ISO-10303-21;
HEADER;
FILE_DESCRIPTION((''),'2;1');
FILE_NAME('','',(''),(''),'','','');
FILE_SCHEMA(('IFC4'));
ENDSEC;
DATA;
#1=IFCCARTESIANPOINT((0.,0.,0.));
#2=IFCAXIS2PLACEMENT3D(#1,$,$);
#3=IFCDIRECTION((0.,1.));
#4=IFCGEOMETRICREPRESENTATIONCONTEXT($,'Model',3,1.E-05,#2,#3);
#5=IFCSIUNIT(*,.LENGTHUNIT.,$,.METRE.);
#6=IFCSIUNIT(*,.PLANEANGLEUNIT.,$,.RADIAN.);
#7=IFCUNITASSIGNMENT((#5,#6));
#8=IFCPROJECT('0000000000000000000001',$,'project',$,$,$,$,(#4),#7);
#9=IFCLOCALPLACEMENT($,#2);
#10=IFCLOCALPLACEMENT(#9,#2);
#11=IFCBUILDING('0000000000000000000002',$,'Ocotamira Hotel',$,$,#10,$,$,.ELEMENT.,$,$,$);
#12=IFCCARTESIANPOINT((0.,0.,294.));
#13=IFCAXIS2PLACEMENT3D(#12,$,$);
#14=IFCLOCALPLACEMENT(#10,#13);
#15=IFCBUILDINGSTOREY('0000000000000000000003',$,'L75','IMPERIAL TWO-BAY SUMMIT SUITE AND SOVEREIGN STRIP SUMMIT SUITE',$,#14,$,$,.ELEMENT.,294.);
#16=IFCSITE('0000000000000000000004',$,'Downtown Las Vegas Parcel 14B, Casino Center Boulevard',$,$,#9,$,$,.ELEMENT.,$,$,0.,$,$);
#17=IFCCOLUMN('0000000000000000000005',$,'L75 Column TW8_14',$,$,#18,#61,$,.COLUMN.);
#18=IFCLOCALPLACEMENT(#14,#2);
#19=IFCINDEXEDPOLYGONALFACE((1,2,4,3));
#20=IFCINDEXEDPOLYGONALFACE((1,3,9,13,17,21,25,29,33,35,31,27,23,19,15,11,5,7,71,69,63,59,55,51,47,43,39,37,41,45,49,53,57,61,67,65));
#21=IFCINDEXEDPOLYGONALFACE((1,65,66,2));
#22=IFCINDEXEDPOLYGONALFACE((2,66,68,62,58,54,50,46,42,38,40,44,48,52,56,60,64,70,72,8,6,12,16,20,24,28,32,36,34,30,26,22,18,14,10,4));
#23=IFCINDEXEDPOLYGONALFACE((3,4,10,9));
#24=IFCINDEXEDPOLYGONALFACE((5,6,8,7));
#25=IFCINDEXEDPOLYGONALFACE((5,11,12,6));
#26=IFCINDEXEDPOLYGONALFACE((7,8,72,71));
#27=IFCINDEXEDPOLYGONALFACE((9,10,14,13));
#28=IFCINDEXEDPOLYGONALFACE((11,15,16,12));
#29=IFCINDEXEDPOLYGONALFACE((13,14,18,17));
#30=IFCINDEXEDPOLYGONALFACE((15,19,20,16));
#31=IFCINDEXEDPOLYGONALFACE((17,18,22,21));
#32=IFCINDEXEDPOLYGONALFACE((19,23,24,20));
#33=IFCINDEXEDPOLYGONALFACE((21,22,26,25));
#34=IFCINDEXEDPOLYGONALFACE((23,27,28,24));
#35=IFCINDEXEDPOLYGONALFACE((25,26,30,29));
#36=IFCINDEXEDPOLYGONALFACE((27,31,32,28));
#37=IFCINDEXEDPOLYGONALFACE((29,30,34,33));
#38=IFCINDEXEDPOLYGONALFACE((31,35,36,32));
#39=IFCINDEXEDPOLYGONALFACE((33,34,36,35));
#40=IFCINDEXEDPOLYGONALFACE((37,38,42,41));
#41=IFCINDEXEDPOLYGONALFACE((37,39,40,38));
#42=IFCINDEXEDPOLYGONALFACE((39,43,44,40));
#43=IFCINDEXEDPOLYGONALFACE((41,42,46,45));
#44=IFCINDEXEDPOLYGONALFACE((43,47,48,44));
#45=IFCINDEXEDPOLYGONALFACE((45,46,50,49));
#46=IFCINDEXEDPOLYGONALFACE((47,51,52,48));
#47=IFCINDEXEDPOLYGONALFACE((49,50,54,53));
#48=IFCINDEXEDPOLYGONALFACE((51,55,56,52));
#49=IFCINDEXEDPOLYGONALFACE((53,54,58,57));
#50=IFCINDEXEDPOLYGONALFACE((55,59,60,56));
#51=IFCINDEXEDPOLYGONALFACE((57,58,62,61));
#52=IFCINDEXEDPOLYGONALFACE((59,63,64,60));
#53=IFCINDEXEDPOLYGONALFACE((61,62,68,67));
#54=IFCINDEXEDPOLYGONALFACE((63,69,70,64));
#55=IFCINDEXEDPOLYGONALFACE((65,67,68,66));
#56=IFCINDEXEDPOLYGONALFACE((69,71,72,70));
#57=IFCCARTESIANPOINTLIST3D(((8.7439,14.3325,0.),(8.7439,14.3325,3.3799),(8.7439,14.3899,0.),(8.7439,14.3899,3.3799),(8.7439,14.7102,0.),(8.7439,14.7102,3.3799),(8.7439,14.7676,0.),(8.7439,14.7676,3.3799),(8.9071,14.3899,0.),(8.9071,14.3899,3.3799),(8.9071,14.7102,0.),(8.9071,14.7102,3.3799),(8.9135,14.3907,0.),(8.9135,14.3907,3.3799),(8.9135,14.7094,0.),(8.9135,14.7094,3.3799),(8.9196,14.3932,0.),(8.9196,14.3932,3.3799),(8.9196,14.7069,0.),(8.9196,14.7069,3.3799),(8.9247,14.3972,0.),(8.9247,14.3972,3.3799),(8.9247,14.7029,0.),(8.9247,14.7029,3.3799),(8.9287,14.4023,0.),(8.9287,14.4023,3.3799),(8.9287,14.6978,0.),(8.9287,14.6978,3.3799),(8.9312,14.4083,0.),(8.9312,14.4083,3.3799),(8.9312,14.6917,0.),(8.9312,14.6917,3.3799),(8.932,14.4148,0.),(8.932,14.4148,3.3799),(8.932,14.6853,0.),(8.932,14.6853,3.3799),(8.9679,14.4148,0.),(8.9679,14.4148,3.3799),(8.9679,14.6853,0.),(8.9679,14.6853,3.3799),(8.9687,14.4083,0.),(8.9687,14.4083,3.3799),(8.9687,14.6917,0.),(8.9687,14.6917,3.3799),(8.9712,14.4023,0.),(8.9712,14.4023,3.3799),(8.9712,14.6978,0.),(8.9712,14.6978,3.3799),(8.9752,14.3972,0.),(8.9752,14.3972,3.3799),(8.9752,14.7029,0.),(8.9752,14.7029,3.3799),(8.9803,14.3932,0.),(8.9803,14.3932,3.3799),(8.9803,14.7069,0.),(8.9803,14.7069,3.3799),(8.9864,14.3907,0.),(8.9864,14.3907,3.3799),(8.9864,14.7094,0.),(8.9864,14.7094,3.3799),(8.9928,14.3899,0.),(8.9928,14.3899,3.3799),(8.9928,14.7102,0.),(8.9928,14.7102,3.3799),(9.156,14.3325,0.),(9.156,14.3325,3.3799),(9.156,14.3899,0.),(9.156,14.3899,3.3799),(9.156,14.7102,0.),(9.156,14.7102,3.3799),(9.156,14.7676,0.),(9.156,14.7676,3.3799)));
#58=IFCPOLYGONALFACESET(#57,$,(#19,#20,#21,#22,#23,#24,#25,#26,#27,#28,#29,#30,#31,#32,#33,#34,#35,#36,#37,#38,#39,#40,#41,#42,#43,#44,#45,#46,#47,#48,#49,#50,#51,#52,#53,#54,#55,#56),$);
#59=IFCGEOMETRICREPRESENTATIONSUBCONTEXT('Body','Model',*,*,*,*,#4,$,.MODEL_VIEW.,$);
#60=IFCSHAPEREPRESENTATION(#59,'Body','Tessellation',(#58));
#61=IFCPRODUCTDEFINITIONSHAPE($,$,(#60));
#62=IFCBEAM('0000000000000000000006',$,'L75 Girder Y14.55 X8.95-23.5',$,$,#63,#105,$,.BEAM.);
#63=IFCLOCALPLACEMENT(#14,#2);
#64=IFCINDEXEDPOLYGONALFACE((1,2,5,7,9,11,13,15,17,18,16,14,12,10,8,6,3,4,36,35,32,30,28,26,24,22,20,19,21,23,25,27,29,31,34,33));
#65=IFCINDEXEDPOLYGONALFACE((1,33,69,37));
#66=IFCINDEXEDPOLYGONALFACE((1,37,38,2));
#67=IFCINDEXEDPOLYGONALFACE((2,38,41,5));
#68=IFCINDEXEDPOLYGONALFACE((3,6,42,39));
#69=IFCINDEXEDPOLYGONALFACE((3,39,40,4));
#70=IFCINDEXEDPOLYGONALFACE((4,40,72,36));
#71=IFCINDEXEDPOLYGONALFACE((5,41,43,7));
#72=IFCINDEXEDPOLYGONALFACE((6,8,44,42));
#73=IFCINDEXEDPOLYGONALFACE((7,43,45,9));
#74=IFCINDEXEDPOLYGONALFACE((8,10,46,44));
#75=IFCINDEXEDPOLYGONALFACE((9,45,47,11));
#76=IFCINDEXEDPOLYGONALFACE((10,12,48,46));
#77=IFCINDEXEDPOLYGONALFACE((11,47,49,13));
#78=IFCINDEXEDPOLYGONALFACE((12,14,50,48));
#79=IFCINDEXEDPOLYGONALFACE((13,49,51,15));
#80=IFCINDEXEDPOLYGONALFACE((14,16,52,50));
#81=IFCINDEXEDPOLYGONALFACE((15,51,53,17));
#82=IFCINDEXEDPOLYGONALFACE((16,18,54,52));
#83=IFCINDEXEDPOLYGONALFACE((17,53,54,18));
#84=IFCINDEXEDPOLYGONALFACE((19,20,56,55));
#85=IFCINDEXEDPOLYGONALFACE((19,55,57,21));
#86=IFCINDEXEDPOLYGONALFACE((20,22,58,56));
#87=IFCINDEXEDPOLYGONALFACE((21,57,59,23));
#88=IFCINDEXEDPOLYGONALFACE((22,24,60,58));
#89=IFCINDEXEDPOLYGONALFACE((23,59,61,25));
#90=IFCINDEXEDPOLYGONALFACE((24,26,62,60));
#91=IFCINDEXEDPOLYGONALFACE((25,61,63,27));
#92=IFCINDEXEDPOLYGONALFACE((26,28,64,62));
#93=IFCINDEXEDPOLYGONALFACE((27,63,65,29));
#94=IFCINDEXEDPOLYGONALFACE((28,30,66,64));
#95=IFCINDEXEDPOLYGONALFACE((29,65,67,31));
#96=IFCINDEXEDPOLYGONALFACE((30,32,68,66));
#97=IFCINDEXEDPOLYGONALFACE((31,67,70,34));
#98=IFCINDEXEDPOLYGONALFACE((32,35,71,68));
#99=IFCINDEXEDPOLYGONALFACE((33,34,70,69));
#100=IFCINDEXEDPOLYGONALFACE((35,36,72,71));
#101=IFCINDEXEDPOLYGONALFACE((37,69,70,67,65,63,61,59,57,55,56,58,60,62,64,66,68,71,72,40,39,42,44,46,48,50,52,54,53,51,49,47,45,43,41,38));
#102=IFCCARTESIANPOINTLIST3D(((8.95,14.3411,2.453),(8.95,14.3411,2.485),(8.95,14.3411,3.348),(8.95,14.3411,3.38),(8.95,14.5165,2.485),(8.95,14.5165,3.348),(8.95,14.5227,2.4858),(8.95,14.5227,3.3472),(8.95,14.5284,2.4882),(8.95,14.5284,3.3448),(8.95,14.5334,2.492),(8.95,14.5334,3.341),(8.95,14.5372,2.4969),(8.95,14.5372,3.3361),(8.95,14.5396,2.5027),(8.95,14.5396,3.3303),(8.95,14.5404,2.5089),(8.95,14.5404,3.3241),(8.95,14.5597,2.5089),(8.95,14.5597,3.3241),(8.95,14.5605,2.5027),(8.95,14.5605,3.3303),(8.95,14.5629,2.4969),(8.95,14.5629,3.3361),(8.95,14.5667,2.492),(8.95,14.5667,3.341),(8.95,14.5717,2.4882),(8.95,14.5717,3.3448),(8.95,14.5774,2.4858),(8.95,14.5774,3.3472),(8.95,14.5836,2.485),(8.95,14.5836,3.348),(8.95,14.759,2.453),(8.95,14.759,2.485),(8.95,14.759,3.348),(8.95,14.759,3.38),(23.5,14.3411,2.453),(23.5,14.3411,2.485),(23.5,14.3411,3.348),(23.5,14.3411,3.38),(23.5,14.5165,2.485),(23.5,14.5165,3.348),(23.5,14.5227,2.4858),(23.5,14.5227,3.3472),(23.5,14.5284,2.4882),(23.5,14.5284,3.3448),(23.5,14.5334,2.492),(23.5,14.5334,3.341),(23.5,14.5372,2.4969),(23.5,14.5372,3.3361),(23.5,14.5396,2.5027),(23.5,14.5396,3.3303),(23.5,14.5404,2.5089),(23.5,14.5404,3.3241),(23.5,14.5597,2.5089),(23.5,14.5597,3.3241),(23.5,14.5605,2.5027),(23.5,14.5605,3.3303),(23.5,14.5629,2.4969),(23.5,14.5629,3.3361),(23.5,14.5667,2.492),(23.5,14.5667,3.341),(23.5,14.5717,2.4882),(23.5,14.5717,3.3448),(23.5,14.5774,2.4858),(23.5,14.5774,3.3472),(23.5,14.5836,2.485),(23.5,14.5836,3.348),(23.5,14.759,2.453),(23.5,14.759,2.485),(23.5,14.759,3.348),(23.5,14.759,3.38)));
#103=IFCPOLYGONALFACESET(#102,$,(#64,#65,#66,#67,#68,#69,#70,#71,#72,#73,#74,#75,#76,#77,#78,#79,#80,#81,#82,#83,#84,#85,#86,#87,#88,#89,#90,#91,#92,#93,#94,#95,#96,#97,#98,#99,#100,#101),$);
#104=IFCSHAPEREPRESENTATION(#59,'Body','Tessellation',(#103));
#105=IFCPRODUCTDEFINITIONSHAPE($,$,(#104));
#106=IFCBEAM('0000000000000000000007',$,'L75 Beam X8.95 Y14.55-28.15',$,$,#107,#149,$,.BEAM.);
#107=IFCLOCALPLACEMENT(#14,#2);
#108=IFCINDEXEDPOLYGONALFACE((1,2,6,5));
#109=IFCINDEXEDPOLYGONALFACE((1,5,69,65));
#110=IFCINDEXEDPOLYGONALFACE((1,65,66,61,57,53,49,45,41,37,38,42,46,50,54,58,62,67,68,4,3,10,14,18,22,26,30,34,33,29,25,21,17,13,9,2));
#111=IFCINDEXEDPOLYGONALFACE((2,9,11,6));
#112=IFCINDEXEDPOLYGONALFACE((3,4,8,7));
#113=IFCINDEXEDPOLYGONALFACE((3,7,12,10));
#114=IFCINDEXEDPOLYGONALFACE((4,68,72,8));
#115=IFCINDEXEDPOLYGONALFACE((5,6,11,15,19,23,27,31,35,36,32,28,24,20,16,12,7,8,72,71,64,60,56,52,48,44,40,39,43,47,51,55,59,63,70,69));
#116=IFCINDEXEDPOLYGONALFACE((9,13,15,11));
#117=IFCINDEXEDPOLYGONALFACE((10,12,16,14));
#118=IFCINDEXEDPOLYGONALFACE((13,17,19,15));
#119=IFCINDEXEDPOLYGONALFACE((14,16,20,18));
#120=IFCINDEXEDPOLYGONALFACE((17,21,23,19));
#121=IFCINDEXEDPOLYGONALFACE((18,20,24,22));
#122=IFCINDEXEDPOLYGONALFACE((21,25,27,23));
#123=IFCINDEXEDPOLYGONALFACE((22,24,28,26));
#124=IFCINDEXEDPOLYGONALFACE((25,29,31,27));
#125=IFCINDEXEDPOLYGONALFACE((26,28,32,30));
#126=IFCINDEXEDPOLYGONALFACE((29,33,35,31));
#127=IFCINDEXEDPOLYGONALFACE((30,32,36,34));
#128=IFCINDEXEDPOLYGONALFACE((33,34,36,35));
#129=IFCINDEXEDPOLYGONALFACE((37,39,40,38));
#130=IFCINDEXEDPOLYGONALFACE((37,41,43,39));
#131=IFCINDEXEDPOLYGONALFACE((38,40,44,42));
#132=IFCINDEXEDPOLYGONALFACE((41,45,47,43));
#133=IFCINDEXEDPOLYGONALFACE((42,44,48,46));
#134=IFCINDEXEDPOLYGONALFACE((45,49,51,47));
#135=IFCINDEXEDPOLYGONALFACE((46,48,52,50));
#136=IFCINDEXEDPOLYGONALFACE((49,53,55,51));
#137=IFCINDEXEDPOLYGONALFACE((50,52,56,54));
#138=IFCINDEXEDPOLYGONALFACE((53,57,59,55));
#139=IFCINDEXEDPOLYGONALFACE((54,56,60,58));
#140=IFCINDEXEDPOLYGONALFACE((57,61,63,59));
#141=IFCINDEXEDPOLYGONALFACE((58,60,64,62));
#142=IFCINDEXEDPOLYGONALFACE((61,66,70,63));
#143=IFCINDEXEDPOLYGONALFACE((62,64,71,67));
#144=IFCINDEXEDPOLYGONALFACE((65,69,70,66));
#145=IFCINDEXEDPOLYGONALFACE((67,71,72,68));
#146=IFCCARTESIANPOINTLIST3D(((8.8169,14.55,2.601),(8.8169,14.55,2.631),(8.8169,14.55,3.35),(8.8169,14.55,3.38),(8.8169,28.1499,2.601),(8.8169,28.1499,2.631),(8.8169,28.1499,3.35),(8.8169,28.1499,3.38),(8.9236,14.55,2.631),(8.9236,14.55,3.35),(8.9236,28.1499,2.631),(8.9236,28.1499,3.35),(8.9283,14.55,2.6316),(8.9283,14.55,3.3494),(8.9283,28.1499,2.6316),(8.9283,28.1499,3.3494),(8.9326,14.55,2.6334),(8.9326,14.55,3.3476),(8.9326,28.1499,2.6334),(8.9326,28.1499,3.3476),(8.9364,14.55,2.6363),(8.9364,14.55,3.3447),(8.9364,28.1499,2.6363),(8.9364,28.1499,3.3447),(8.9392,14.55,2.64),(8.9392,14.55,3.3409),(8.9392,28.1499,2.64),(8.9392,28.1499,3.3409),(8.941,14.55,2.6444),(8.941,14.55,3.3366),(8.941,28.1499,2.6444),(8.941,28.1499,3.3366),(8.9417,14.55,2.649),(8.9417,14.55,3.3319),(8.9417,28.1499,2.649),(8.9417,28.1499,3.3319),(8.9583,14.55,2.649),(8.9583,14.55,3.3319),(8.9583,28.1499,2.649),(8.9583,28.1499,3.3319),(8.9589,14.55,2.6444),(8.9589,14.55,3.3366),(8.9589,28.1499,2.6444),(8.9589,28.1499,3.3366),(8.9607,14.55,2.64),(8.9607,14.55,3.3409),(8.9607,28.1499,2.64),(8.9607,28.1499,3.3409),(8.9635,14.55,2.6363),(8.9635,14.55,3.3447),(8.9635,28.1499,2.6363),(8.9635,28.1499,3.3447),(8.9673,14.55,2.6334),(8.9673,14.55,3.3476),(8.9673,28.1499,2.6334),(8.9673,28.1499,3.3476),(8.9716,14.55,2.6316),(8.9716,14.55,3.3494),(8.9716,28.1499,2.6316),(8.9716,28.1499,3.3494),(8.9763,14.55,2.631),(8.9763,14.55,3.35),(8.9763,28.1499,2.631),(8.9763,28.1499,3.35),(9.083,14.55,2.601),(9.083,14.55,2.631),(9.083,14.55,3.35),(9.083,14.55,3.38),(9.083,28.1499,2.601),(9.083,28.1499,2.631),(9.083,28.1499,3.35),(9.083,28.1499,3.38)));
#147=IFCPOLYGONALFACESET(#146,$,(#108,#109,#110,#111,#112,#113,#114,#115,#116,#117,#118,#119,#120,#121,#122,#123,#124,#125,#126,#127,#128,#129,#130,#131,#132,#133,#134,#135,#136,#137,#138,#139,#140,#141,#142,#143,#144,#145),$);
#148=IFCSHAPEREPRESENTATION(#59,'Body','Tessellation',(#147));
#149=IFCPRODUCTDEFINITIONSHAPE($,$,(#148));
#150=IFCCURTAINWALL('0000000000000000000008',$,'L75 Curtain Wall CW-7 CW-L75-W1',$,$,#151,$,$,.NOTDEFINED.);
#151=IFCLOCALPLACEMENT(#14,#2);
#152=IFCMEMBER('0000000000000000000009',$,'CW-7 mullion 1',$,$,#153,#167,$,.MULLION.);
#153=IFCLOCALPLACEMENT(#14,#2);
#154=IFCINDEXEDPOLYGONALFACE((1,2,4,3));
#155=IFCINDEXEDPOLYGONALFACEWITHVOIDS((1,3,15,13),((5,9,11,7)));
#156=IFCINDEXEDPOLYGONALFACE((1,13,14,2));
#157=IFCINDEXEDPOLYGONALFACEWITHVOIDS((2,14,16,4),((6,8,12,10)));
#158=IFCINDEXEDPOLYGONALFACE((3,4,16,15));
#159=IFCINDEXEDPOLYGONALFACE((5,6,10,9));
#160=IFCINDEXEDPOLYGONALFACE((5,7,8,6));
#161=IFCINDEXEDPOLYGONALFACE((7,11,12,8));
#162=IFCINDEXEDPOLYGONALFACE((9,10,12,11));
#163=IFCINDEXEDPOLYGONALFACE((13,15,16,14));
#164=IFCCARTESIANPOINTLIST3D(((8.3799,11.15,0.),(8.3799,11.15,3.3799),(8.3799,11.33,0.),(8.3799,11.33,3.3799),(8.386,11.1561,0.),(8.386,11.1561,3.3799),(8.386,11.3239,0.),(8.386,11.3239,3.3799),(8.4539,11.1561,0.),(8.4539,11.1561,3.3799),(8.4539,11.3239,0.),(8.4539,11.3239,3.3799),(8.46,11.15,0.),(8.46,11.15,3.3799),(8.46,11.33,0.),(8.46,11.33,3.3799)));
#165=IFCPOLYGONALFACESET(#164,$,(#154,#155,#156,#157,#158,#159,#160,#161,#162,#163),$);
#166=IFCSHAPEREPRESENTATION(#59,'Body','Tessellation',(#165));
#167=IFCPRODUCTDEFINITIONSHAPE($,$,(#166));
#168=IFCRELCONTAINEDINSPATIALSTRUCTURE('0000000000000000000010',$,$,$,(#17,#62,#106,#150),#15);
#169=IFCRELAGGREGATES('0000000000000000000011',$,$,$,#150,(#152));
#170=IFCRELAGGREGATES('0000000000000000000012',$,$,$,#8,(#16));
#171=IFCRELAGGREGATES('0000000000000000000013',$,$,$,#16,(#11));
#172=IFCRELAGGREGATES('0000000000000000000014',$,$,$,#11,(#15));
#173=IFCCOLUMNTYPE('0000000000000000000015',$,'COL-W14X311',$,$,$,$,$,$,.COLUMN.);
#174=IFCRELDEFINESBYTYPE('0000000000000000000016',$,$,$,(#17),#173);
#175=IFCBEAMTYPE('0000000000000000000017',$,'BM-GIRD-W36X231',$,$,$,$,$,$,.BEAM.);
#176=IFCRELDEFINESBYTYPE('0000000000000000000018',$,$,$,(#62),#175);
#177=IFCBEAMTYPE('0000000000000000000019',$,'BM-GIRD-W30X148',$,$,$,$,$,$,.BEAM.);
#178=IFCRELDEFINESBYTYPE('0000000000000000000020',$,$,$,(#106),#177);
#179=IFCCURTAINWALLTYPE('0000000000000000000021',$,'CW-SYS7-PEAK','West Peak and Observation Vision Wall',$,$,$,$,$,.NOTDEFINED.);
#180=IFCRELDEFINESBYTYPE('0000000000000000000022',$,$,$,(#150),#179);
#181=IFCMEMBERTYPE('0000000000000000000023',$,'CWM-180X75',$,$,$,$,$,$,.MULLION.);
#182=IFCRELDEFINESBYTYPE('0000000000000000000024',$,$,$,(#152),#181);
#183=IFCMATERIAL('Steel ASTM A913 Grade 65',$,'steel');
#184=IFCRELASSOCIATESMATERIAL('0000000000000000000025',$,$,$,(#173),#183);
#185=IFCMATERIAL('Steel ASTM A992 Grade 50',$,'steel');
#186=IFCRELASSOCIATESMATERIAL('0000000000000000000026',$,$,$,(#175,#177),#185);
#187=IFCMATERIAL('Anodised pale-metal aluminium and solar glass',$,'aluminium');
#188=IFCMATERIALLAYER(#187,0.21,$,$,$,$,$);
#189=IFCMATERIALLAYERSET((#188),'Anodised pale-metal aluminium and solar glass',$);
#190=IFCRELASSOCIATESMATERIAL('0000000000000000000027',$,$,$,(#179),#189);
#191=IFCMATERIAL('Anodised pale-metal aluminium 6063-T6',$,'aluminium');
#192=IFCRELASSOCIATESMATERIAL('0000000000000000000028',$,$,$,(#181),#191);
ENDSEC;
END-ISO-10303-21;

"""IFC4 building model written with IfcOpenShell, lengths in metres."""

from ifc_helpers import new_model, si_unit, direction, frame, origin, origin_2d, place, context, subcontext, project, spatial, hollow_rectangle, i_section, extrude, source, transform, mapped, material, layer, layer_set, material_profile, profile_set, type_object, element, aggregate, save


model = new_model("IFC4")

# Units and contexts
model_context = context("Model", 3, precision=1e-05, world=origin(), true_north=direction((0.0, 1.0)))
body_context = subcontext(model_context, "Body", "Model", "MODEL_VIEW")
ifc_project = project(units=[si_unit("LENGTHUNIT", "METRE"), si_unit("PLANEANGLEUNIT", "RADIAN")], contexts=[model_context])

# Site, building, storey
site_placement = place(None, origin())
site = spatial("IfcSite", under=ifc_project, at=site_placement, Name="Downtown Las Vegas Parcel 14B, Casino Center Boulevard", CompositionType="ELEMENT", RefElevation=0.0)
building_placement = place(site_placement, origin())
building = spatial("IfcBuilding", under=site, at=building_placement, Name="Ocotamira Hotel", CompositionType="ELEMENT")
storey_placement = place(building_placement, frame((0.0, 0.0, 294.0)))
storey = spatial("IfcBuildingStorey", under=building, at=storey_placement, Name="L75", Description="IMPERIAL TWO-BAY SUMMIT SUITE AND SOVEREIGN STRIP SUMMIT SUITE", CompositionType="ELEMENT", Elevation=294.0)

# Column
ifc_material_1 = material(Name="Steel ASTM A913 Grade 65", Category="steel")
ifc_material_profile_1 = material_profile(ifc_material_1, i_section(OverallWidth=0.4121, OverallDepth=0.4351, WebThickness=0.0359, FlangeThickness=0.0574, FilletRadius=0.0249, at=origin_2d()), Name="W14X311")
ifc_profile_set_1 = profile_set([ifc_material_profile_1], Name="Steel ASTM A913 Grade 65")
column_type = type_object("IfcColumnType", Name="COL-W14X311", PredefinedType="COLUMN", material=ifc_profile_set_1)
shared_shape_1 = source(origin(), body_context, "Body", "SweptSolid", [
    extrude(i_section(OverallWidth=0.4121, OverallDepth=0.4351, WebThickness=0.0359, FlangeThickness=0.0574, FilletRadius=0.0249, at=origin_2d()), origin(), (0.0, 0.0, 1.0), 3.3799),
])
column_placement = place(storey_placement, frame((8.95, 14.55, 0.0), z_axis=(0.0, 0.0, 1.0), x_axis=(1.0, 0.0, 0.0)))
element("IfcColumn", 1, at=column_placement, inside=storey, type_object=column_type, Name="L75 Column TW8_14", PredefinedType="COLUMN", context=body_context, shape_type="MappedRepresentation", body=[
    mapped(shared_shape_1, transform((0.0, 0.0, 0.0), scale=1.0)),
])

# Beams
ifc_material_2 = material(Name="Steel ASTM A992 Grade 50", Category="steel")
ifc_material_profile_2 = material_profile(ifc_material_2, i_section(OverallWidth=0.418, OverallDepth=0.927, WebThickness=0.0193, FlangeThickness=0.032, FilletRadius=0.0239, at=origin_2d()), Name="W36X231")
ifc_profile_set_2 = profile_set([ifc_material_profile_2], Name="Steel ASTM A992 Grade 50")
beam_type_1 = type_object("IfcBeamType", Name="BM-GIRD-W36X231", PredefinedType="BEAM", material=ifc_profile_set_2)
shared_shape_2 = source(origin(), body_context, "Body", "SweptSolid", [
    extrude(i_section(OverallWidth=0.418, OverallDepth=0.927, WebThickness=0.0193, FlangeThickness=0.032, FilletRadius=0.0239, at=origin_2d()), origin(), (0.0, 0.0, 1.0), 14.55),
])
beam_1_placement = place(storey_placement, frame((8.95, 14.55, 2.9165), z_axis=(1.0, 0.0, 0.0), x_axis=(0.0, 1.0, 0.0)))
element("IfcBeam", 2, at=beam_1_placement, inside=storey, type_object=beam_type_1, Name="L75 Girder Y14.55 X8.95-23.5", PredefinedType="BEAM", context=body_context, shape_type="MappedRepresentation", body=[
    mapped(shared_shape_2, transform((0.0, 0.0, 0.0), scale=1.0)),
])
ifc_material_profile_3 = material_profile(ifc_material_2, i_section(OverallWidth=0.2661, OverallDepth=0.7791, WebThickness=0.0166, FlangeThickness=0.03, FilletRadius=0.0181, at=origin_2d()), Name="W30X148")
ifc_profile_set_3 = profile_set([ifc_material_profile_3], Name="Steel ASTM A992 Grade 50")
beam_type_2 = type_object("IfcBeamType", Name="BM-GIRD-W30X148", PredefinedType="BEAM", material=ifc_profile_set_3)
shared_shape_3 = source(origin(), body_context, "Body", "SweptSolid", [
    extrude(i_section(OverallWidth=0.2661, OverallDepth=0.7791, WebThickness=0.0166, FlangeThickness=0.03, FilletRadius=0.0181, at=origin_2d()), origin(), (0.0, 0.0, 1.0), 13.5999),
])
beam_2_placement = place(storey_placement, frame((8.95, 14.55, 2.9905), z_axis=(0.0, 1.0, 0.0), x_axis=(-1.0, 0.0, 0.0)))
element("IfcBeam", 3, at=beam_2_placement, inside=storey, type_object=beam_type_2, Name="L75 Beam X8.95 Y14.55-28.15", PredefinedType="BEAM", context=body_context, shape_type="MappedRepresentation", body=[
    mapped(shared_shape_3, transform((0.0, 0.0, 0.0), scale=1.0)),
])

# Curtain wall, member
ifc_material_3 = material(Name="Anodised pale-metal aluminium and solar glass", Category="aluminium")
ifc_layer_1 = layer(ifc_material_3, 0.21)
ifc_layer_set_1 = layer_set([ifc_layer_1], Name="Anodised pale-metal aluminium and solar glass")
curtain_wall_type = type_object("IfcCurtainWallType", Name="CW-SYS7-PEAK", Description="West Peak and Observation Vision Wall", PredefinedType="NOTDEFINED", material=ifc_layer_set_1)
curtain_wall_placement = place(storey_placement, origin())
curtain_wall = element("IfcCurtainWall", 4, at=curtain_wall_placement, inside=storey, type_object=curtain_wall_type, Name="L75 Curtain Wall CW-7 CW-L75-W1", PredefinedType="NOTDEFINED")
ifc_material_4 = material(Name="Anodised pale-metal aluminium 6063-T6", Category="aluminium")
ifc_material_profile_4 = material_profile(ifc_material_4, hollow_rectangle(XDim=0.0801, YDim=0.1799, WallThickness=0.0061, at=origin_2d()), Name="HSS180X80X6")
ifc_profile_set_4 = profile_set([ifc_material_profile_4], Name="Anodised pale-metal aluminium 6063-T6")
member_type_1 = type_object("IfcMemberType", Name="CWM-180X75", PredefinedType="MULLION", material=ifc_profile_set_4)
shared_shape_4 = source(origin(), body_context, "Body", "SweptSolid", [
    extrude(hollow_rectangle(XDim=0.0801, YDim=0.1799, WallThickness=0.0061, at=origin_2d()), origin(), (0.0, 0.0, 1.0), 3.3799),
])
member_1_placement = place(storey_placement, frame((8.4199, 11.24, 0.0), z_axis=(0.0, 0.0, 1.0), x_axis=(-1.0, 0.0, 0.0)))
member_1 = element("IfcMember", 5, at=member_1_placement, type_object=member_type_1, Name="CW-7 mullion 1", PredefinedType="MULLION", context=body_context, shape_type="MappedRepresentation", body=[
    mapped(shared_shape_4, transform((0.0, 0.0, 0.0), scale=1.0)),
])

aggregate(curtain_wall, [member_1])

save(model, "model.ifc")
